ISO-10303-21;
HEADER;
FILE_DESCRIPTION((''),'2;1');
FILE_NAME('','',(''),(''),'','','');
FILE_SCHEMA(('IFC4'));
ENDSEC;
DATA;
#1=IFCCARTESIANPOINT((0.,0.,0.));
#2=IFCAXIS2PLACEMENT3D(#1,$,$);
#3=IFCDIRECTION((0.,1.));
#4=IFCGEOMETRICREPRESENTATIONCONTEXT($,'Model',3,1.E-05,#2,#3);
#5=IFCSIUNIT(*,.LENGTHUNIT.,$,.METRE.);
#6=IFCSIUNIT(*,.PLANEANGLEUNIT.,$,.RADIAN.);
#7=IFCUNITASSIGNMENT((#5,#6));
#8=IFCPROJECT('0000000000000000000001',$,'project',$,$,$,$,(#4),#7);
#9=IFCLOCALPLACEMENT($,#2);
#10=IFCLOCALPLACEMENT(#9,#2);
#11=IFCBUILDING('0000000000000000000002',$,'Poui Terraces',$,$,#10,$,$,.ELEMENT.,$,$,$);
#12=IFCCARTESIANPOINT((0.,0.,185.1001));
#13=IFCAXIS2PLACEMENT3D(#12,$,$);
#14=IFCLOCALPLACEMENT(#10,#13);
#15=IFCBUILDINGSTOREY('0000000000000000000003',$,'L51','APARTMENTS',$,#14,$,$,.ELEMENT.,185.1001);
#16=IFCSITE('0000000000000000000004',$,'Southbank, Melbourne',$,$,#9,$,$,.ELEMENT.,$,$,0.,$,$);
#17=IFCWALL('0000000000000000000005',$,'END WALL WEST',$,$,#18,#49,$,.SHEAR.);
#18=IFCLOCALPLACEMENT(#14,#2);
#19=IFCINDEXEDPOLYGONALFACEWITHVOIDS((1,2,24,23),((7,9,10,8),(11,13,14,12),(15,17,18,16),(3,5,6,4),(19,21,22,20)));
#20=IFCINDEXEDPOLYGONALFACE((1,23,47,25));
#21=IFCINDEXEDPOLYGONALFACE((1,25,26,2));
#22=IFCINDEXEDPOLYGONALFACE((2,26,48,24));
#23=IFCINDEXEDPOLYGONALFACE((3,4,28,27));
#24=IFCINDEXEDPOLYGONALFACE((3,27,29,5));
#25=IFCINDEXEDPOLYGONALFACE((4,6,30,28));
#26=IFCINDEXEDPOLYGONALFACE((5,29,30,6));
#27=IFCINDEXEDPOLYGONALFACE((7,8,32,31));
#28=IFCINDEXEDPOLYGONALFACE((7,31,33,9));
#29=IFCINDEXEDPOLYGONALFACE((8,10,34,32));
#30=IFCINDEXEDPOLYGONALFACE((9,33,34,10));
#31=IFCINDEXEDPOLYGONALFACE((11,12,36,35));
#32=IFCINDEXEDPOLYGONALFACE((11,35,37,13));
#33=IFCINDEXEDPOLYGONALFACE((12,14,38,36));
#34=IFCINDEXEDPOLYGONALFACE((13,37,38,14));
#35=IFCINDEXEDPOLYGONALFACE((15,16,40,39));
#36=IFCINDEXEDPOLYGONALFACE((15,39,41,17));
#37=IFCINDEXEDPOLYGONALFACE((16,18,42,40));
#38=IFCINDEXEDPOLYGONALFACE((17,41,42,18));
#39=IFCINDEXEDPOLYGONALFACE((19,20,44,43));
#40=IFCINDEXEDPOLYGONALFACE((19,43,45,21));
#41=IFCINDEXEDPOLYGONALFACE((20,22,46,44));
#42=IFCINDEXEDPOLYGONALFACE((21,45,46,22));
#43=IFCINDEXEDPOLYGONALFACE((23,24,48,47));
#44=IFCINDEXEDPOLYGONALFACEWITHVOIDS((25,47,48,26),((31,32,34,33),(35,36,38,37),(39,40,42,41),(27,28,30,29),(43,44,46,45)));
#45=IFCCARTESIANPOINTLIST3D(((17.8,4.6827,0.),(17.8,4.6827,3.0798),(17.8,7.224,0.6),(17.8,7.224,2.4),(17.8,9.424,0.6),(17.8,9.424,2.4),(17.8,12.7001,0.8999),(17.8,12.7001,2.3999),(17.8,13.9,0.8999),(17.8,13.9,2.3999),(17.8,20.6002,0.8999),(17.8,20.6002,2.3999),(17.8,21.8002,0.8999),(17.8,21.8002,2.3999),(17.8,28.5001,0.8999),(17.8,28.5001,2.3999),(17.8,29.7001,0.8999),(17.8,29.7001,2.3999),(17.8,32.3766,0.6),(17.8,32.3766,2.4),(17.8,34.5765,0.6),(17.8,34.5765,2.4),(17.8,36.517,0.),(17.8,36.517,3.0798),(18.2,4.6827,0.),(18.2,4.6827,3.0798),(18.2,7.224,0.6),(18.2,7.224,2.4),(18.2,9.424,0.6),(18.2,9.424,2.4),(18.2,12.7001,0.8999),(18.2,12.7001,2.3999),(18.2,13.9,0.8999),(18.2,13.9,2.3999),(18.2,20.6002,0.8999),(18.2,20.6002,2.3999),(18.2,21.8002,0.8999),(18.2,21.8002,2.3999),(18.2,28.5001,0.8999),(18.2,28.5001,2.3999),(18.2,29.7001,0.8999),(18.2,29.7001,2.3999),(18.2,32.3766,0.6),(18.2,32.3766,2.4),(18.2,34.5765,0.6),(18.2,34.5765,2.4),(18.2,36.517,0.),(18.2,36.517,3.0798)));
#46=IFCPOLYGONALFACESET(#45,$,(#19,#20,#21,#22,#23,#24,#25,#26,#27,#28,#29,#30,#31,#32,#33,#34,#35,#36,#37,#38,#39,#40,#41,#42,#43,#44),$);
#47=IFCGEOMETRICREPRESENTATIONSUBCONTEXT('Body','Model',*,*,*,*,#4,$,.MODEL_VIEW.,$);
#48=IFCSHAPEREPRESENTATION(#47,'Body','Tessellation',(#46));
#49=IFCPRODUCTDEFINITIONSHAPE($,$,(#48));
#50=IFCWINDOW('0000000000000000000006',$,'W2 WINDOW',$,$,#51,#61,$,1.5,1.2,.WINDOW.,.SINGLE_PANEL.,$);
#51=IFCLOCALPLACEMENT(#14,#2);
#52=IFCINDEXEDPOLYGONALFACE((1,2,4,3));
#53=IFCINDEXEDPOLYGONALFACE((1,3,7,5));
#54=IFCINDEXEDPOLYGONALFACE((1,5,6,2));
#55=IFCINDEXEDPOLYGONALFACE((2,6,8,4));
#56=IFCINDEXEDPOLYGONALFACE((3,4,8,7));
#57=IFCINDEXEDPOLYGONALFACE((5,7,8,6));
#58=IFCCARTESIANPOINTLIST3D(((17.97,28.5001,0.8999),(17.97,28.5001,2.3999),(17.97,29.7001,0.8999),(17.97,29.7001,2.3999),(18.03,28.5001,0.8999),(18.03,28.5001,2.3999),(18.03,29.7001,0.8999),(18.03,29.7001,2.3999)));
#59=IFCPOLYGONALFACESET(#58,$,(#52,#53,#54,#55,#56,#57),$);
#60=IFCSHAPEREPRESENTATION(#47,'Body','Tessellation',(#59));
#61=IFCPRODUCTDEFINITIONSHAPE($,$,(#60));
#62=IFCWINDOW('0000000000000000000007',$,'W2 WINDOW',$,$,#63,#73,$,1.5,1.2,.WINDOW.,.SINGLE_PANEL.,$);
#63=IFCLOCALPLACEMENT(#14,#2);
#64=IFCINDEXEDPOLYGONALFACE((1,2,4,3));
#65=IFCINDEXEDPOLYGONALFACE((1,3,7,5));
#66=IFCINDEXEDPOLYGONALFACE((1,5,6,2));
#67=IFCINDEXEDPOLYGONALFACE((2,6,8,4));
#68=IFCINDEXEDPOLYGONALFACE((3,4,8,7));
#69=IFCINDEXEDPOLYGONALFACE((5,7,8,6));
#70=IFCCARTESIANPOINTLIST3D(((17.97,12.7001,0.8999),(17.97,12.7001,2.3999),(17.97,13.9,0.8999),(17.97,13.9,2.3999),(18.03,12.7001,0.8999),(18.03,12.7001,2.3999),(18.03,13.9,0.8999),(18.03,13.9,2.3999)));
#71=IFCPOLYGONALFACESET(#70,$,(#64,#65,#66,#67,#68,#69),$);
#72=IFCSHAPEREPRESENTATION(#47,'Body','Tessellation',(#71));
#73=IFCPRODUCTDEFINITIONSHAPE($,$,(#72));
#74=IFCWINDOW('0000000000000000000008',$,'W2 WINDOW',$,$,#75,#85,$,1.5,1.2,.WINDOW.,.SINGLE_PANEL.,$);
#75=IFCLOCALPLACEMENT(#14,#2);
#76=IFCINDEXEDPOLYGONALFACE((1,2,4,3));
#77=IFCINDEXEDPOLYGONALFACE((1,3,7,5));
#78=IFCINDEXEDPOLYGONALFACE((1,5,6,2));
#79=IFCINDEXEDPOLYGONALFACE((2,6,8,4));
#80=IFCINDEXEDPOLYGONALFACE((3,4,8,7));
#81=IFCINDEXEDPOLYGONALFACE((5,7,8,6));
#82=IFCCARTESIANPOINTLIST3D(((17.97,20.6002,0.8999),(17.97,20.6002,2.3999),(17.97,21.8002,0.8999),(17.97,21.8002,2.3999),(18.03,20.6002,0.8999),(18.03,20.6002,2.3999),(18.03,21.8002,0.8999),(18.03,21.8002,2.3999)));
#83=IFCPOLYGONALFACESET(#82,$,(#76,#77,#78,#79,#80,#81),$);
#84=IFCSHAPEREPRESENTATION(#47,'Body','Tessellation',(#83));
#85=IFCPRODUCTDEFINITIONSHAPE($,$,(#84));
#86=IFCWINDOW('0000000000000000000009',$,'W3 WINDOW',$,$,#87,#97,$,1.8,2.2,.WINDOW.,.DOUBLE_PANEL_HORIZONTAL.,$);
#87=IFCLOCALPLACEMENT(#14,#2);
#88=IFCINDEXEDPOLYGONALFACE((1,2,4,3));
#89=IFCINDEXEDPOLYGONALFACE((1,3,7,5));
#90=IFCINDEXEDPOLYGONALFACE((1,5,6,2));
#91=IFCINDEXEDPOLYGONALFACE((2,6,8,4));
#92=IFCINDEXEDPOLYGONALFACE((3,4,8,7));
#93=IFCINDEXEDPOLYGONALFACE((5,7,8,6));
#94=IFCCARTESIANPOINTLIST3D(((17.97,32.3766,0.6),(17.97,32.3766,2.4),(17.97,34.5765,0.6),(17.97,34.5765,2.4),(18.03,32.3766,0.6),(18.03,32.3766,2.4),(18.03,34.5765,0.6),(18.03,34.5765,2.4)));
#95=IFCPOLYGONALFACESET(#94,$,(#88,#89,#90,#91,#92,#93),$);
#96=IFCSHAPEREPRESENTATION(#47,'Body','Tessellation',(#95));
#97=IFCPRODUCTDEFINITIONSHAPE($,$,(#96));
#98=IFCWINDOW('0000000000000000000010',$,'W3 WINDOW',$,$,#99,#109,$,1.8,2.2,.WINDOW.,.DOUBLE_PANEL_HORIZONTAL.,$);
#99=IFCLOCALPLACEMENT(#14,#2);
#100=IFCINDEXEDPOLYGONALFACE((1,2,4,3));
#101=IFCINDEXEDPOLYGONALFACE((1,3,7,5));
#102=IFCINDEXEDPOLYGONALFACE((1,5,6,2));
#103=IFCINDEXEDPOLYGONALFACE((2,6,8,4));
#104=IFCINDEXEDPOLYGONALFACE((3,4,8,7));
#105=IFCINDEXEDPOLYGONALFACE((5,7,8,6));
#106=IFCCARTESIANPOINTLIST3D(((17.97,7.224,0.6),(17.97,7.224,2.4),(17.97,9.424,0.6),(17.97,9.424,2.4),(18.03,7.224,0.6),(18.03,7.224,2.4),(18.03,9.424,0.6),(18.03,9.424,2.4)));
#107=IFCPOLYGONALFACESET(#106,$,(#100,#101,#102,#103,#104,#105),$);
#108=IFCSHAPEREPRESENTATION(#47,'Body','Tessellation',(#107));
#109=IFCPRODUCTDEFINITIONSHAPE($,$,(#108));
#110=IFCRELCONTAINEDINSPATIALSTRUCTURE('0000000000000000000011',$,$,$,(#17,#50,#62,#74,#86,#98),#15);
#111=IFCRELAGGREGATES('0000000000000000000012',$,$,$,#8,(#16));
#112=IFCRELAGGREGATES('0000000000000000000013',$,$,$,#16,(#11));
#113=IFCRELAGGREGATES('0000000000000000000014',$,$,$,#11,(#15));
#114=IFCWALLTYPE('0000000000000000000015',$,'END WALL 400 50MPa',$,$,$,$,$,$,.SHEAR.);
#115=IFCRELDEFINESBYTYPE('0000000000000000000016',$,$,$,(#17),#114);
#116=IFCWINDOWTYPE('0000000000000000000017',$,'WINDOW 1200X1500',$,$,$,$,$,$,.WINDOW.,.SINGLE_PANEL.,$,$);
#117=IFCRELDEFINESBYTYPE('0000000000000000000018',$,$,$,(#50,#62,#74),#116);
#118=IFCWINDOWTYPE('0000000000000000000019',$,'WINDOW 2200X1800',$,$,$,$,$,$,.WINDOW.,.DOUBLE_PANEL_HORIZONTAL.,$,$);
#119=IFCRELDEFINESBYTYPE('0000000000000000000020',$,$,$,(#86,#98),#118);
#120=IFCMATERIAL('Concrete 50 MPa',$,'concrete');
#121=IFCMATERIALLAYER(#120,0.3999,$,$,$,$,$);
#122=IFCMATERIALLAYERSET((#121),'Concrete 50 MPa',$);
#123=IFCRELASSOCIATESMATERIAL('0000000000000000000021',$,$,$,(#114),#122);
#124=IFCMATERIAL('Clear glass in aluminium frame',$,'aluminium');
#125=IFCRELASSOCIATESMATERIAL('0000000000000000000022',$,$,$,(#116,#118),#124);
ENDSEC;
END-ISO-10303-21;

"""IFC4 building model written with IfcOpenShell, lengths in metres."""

from ifc_helpers import new_model, si_unit, direction, frame, frame_2d, origin, place, context, subcontext, project, spatial, rectangle, extrude, material, layer, layer_set, type_object, element, fill, save


model = new_model("IFC4")

# Units and contexts
model_context = context("Model", 3, precision=1e-05, world=origin(), true_north=direction((0.0, 1.0)))
body_context = subcontext(model_context, "Body", "Model", "MODEL_VIEW")
ifc_project = project(units=[si_unit("LENGTHUNIT", "METRE"), si_unit("PLANEANGLEUNIT", "RADIAN")], contexts=[model_context])

# Site, building, storey
site_placement = place(None, origin())
site = spatial("IfcSite", under=ifc_project, at=site_placement, Name="Southbank, Melbourne", CompositionType="ELEMENT", RefElevation=0.0)
building_placement = place(site_placement, origin())
building = spatial("IfcBuilding", under=site, at=building_placement, Name="Poui Terraces", CompositionType="ELEMENT")
storey_placement = place(building_placement, frame((0.0, 0.0, 185.1001)))
storey = spatial("IfcBuildingStorey", under=building, at=storey_placement, Name="L51", Description="APARTMENTS", CompositionType="ELEMENT", Elevation=185.1001)

# Wall, openings, windows
ifc_material_1 = material(Name="Concrete 50 MPa", Category="concrete")
ifc_layer = layer(ifc_material_1, 0.3999)
ifc_layer_set = layer_set([ifc_layer], Name="Concrete 50 MPa")
wall_type = type_object("IfcWallType", Name="END WALL 400 50MPa", PredefinedType="SHEAR", material=ifc_layer_set)
wall_placement = place(storey_placement, frame((18.0, 4.6829, 0.0), z_axis=(0.0, 0.0, 1.0), x_axis=(0.0, 1.0, 0.0)))
wall = element("IfcWall", 1, at=wall_placement, inside=storey, type_object=wall_type, Name="END WALL WEST", PredefinedType="SHEAR", context=body_context, shape_type="SweptSolid", body=[
    extrude(rectangle(XDim=31.8342, YDim=0.3999, at=frame_2d((15.917, 0.0))), origin(), (0.0, 0.0, 1.0), 3.0798),
])
opening_1_placement = place(wall_placement, frame((23.8171, 0.0, 0.8999)))
opening_1 = element("IfcOpeningElement", 2, at=opening_1_placement, cuts=wall, PredefinedType="OPENING", context=body_context, shape_type="SweptSolid", body=[
    extrude(rectangle(XDim=1.2, YDim=1.5, at=frame_2d((0.6001, 0.75))), frame((0.0, 0.21, 0.0), z_axis=(0.0, -1.0, 0.0), x_axis=(1.0, 0.0, 0.0)), (0.0, 0.0, 1.0), 0.4199),
])
opening_2_placement = place(wall_placement, frame((8.0171, 0.0, 0.8999)))
opening_2 = element("IfcOpeningElement", 3, at=opening_2_placement, cuts=wall, PredefinedType="OPENING", context=body_context, shape_type="SweptSolid", body=[
    extrude(rectangle(XDim=1.2, YDim=1.5, at=frame_2d((0.6001, 0.75))), frame((0.0, 0.21, 0.0), z_axis=(0.0, -1.0, 0.0), x_axis=(1.0, 0.0, 0.0)), (0.0, 0.0, 1.0), 0.4199),
])
opening_3_placement = place(wall_placement, frame((27.6936, 0.0, 0.6001)))
opening_3 = element("IfcOpeningElement", 4, at=opening_3_placement, cuts=wall, PredefinedType="OPENING", context=body_context, shape_type="SweptSolid", body=[
    extrude(rectangle(XDim=2.2, YDim=1.8, at=frame_2d((1.1001, 0.8999))), frame((0.0, 0.21, 0.0), z_axis=(0.0, -1.0, 0.0), x_axis=(1.0, 0.0, 0.0)), (0.0, 0.0, 1.0), 0.4199),
])
opening_4_placement = place(wall_placement, frame((2.541, 0.0, 0.6001)))
opening_4 = element("IfcOpeningElement", 5, at=opening_4_placement, cuts=wall, PredefinedType="OPENING", context=body_context, shape_type="SweptSolid", body=[
    extrude(rectangle(XDim=2.2, YDim=1.8, at=frame_2d((1.1001, 0.8999))), frame((0.0, 0.21, 0.0), z_axis=(0.0, -1.0, 0.0), x_axis=(1.0, 0.0, 0.0)), (0.0, 0.0, 1.0), 0.4199),
])
opening_5_placement = place(wall_placement, frame((15.9172, 0.0, 0.8999)))
opening_5 = element("IfcOpeningElement", 6, at=opening_5_placement, cuts=wall, PredefinedType="OPENING", context=body_context, shape_type="SweptSolid", body=[
    extrude(rectangle(XDim=1.2, YDim=1.5, at=frame_2d((0.6001, 0.75))), frame((0.0, 0.21, 0.0), z_axis=(0.0, -1.0, 0.0), x_axis=(1.0, 0.0, 0.0)), (0.0, 0.0, 1.0), 0.4199),
])
ifc_material_2 = material(Name="Clear glass in aluminium frame", Category="aluminium")
window_type_1 = type_object("IfcWindowType", Name="WINDOW 1200X1500", PartitioningType="SINGLE_PANEL", PredefinedType="WINDOW", material=ifc_material_2)
window_1_placement = place(opening_1_placement, origin())
window_1 = element("IfcWindow", 7, at=window_1_placement, inside=storey, type_object=window_type_1, Name="W2 WINDOW", OverallHeight=1.5, OverallWidth=1.2, PartitioningType="SINGLE_PANEL", PredefinedType="WINDOW", context=body_context, shape_type="SweptSolid", body=[
    extrude(rectangle(XDim=1.2, YDim=1.5, at=frame_2d((0.6001, 0.75))), frame((0.0, 0.03, 0.0), z_axis=(0.0, -1.0, 0.0), x_axis=(1.0, 0.0, 0.0)), (0.0, 0.0, 1.0), 0.0601),
])
fill(opening_1, window_1)
window_2_placement = place(opening_2_placement, origin())
window_2 = element("IfcWindow", 8, at=window_2_placement, inside=storey, type_object=window_type_1, Name="W2 WINDOW", OverallHeight=1.5, OverallWidth=1.2, PartitioningType="SINGLE_PANEL", PredefinedType="WINDOW", context=body_context, shape_type="SweptSolid", body=[
    extrude(rectangle(XDim=1.2, YDim=1.5, at=frame_2d((0.6001, 0.75))), frame((0.0, 0.03, 0.0), z_axis=(0.0, -1.0, 0.0), x_axis=(1.0, 0.0, 0.0)), (0.0, 0.0, 1.0), 0.0601),
])
fill(opening_2, window_2)
window_3_placement = place(opening_5_placement, origin())
window_3 = element("IfcWindow", 9, at=window_3_placement, inside=storey, type_object=window_type_1, Name="W2 WINDOW", OverallHeight=1.5, OverallWidth=1.2, PartitioningType="SINGLE_PANEL", PredefinedType="WINDOW", context=body_context, shape_type="SweptSolid", body=[
    extrude(rectangle(XDim=1.2, YDim=1.5, at=frame_2d((0.6001, 0.75))), frame((0.0, 0.03, 0.0), z_axis=(0.0, -1.0, 0.0), x_axis=(1.0, 0.0, 0.0)), (0.0, 0.0, 1.0), 0.0601),
])
fill(opening_5, window_3)
window_type_2 = type_object("IfcWindowType", Name="WINDOW 2200X1800", PartitioningType="DOUBLE_PANEL_HORIZONTAL", PredefinedType="WINDOW", material=ifc_material_2)
window_4_placement = place(opening_3_placement, origin())
window_4 = element("IfcWindow", 10, at=window_4_placement, inside=storey, type_object=window_type_2, Name="W3 WINDOW", OverallHeight=1.8, OverallWidth=2.2, PartitioningType="DOUBLE_PANEL_HORIZONTAL", PredefinedType="WINDOW", context=body_context, shape_type="SweptSolid", body=[
    extrude(rectangle(XDim=2.2, YDim=1.8, at=frame_2d((1.1001, 0.8999))), frame((0.0, 0.03, 0.0), z_axis=(0.0, -1.0, 0.0), x_axis=(1.0, 0.0, 0.0)), (0.0, 0.0, 1.0), 0.0601),
])
fill(opening_3, window_4)
window_5_placement = place(opening_4_placement, origin())
window_5 = element("IfcWindow", 11, at=window_5_placement, inside=storey, type_object=window_type_2, Name="W3 WINDOW", OverallHeight=1.8, OverallWidth=2.2, PartitioningType="DOUBLE_PANEL_HORIZONTAL", PredefinedType="WINDOW", context=body_context, shape_type="SweptSolid", body=[
    extrude(rectangle(XDim=2.2, YDim=1.8, at=frame_2d((1.1001, 0.8999))), frame((0.0, 0.03, 0.0), z_axis=(0.0, -1.0, 0.0), x_axis=(1.0, 0.0, 0.0)), (0.0, 0.0, 1.0), 0.0601),
])
fill(opening_4, window_5)

save(model, "model.ifc")
